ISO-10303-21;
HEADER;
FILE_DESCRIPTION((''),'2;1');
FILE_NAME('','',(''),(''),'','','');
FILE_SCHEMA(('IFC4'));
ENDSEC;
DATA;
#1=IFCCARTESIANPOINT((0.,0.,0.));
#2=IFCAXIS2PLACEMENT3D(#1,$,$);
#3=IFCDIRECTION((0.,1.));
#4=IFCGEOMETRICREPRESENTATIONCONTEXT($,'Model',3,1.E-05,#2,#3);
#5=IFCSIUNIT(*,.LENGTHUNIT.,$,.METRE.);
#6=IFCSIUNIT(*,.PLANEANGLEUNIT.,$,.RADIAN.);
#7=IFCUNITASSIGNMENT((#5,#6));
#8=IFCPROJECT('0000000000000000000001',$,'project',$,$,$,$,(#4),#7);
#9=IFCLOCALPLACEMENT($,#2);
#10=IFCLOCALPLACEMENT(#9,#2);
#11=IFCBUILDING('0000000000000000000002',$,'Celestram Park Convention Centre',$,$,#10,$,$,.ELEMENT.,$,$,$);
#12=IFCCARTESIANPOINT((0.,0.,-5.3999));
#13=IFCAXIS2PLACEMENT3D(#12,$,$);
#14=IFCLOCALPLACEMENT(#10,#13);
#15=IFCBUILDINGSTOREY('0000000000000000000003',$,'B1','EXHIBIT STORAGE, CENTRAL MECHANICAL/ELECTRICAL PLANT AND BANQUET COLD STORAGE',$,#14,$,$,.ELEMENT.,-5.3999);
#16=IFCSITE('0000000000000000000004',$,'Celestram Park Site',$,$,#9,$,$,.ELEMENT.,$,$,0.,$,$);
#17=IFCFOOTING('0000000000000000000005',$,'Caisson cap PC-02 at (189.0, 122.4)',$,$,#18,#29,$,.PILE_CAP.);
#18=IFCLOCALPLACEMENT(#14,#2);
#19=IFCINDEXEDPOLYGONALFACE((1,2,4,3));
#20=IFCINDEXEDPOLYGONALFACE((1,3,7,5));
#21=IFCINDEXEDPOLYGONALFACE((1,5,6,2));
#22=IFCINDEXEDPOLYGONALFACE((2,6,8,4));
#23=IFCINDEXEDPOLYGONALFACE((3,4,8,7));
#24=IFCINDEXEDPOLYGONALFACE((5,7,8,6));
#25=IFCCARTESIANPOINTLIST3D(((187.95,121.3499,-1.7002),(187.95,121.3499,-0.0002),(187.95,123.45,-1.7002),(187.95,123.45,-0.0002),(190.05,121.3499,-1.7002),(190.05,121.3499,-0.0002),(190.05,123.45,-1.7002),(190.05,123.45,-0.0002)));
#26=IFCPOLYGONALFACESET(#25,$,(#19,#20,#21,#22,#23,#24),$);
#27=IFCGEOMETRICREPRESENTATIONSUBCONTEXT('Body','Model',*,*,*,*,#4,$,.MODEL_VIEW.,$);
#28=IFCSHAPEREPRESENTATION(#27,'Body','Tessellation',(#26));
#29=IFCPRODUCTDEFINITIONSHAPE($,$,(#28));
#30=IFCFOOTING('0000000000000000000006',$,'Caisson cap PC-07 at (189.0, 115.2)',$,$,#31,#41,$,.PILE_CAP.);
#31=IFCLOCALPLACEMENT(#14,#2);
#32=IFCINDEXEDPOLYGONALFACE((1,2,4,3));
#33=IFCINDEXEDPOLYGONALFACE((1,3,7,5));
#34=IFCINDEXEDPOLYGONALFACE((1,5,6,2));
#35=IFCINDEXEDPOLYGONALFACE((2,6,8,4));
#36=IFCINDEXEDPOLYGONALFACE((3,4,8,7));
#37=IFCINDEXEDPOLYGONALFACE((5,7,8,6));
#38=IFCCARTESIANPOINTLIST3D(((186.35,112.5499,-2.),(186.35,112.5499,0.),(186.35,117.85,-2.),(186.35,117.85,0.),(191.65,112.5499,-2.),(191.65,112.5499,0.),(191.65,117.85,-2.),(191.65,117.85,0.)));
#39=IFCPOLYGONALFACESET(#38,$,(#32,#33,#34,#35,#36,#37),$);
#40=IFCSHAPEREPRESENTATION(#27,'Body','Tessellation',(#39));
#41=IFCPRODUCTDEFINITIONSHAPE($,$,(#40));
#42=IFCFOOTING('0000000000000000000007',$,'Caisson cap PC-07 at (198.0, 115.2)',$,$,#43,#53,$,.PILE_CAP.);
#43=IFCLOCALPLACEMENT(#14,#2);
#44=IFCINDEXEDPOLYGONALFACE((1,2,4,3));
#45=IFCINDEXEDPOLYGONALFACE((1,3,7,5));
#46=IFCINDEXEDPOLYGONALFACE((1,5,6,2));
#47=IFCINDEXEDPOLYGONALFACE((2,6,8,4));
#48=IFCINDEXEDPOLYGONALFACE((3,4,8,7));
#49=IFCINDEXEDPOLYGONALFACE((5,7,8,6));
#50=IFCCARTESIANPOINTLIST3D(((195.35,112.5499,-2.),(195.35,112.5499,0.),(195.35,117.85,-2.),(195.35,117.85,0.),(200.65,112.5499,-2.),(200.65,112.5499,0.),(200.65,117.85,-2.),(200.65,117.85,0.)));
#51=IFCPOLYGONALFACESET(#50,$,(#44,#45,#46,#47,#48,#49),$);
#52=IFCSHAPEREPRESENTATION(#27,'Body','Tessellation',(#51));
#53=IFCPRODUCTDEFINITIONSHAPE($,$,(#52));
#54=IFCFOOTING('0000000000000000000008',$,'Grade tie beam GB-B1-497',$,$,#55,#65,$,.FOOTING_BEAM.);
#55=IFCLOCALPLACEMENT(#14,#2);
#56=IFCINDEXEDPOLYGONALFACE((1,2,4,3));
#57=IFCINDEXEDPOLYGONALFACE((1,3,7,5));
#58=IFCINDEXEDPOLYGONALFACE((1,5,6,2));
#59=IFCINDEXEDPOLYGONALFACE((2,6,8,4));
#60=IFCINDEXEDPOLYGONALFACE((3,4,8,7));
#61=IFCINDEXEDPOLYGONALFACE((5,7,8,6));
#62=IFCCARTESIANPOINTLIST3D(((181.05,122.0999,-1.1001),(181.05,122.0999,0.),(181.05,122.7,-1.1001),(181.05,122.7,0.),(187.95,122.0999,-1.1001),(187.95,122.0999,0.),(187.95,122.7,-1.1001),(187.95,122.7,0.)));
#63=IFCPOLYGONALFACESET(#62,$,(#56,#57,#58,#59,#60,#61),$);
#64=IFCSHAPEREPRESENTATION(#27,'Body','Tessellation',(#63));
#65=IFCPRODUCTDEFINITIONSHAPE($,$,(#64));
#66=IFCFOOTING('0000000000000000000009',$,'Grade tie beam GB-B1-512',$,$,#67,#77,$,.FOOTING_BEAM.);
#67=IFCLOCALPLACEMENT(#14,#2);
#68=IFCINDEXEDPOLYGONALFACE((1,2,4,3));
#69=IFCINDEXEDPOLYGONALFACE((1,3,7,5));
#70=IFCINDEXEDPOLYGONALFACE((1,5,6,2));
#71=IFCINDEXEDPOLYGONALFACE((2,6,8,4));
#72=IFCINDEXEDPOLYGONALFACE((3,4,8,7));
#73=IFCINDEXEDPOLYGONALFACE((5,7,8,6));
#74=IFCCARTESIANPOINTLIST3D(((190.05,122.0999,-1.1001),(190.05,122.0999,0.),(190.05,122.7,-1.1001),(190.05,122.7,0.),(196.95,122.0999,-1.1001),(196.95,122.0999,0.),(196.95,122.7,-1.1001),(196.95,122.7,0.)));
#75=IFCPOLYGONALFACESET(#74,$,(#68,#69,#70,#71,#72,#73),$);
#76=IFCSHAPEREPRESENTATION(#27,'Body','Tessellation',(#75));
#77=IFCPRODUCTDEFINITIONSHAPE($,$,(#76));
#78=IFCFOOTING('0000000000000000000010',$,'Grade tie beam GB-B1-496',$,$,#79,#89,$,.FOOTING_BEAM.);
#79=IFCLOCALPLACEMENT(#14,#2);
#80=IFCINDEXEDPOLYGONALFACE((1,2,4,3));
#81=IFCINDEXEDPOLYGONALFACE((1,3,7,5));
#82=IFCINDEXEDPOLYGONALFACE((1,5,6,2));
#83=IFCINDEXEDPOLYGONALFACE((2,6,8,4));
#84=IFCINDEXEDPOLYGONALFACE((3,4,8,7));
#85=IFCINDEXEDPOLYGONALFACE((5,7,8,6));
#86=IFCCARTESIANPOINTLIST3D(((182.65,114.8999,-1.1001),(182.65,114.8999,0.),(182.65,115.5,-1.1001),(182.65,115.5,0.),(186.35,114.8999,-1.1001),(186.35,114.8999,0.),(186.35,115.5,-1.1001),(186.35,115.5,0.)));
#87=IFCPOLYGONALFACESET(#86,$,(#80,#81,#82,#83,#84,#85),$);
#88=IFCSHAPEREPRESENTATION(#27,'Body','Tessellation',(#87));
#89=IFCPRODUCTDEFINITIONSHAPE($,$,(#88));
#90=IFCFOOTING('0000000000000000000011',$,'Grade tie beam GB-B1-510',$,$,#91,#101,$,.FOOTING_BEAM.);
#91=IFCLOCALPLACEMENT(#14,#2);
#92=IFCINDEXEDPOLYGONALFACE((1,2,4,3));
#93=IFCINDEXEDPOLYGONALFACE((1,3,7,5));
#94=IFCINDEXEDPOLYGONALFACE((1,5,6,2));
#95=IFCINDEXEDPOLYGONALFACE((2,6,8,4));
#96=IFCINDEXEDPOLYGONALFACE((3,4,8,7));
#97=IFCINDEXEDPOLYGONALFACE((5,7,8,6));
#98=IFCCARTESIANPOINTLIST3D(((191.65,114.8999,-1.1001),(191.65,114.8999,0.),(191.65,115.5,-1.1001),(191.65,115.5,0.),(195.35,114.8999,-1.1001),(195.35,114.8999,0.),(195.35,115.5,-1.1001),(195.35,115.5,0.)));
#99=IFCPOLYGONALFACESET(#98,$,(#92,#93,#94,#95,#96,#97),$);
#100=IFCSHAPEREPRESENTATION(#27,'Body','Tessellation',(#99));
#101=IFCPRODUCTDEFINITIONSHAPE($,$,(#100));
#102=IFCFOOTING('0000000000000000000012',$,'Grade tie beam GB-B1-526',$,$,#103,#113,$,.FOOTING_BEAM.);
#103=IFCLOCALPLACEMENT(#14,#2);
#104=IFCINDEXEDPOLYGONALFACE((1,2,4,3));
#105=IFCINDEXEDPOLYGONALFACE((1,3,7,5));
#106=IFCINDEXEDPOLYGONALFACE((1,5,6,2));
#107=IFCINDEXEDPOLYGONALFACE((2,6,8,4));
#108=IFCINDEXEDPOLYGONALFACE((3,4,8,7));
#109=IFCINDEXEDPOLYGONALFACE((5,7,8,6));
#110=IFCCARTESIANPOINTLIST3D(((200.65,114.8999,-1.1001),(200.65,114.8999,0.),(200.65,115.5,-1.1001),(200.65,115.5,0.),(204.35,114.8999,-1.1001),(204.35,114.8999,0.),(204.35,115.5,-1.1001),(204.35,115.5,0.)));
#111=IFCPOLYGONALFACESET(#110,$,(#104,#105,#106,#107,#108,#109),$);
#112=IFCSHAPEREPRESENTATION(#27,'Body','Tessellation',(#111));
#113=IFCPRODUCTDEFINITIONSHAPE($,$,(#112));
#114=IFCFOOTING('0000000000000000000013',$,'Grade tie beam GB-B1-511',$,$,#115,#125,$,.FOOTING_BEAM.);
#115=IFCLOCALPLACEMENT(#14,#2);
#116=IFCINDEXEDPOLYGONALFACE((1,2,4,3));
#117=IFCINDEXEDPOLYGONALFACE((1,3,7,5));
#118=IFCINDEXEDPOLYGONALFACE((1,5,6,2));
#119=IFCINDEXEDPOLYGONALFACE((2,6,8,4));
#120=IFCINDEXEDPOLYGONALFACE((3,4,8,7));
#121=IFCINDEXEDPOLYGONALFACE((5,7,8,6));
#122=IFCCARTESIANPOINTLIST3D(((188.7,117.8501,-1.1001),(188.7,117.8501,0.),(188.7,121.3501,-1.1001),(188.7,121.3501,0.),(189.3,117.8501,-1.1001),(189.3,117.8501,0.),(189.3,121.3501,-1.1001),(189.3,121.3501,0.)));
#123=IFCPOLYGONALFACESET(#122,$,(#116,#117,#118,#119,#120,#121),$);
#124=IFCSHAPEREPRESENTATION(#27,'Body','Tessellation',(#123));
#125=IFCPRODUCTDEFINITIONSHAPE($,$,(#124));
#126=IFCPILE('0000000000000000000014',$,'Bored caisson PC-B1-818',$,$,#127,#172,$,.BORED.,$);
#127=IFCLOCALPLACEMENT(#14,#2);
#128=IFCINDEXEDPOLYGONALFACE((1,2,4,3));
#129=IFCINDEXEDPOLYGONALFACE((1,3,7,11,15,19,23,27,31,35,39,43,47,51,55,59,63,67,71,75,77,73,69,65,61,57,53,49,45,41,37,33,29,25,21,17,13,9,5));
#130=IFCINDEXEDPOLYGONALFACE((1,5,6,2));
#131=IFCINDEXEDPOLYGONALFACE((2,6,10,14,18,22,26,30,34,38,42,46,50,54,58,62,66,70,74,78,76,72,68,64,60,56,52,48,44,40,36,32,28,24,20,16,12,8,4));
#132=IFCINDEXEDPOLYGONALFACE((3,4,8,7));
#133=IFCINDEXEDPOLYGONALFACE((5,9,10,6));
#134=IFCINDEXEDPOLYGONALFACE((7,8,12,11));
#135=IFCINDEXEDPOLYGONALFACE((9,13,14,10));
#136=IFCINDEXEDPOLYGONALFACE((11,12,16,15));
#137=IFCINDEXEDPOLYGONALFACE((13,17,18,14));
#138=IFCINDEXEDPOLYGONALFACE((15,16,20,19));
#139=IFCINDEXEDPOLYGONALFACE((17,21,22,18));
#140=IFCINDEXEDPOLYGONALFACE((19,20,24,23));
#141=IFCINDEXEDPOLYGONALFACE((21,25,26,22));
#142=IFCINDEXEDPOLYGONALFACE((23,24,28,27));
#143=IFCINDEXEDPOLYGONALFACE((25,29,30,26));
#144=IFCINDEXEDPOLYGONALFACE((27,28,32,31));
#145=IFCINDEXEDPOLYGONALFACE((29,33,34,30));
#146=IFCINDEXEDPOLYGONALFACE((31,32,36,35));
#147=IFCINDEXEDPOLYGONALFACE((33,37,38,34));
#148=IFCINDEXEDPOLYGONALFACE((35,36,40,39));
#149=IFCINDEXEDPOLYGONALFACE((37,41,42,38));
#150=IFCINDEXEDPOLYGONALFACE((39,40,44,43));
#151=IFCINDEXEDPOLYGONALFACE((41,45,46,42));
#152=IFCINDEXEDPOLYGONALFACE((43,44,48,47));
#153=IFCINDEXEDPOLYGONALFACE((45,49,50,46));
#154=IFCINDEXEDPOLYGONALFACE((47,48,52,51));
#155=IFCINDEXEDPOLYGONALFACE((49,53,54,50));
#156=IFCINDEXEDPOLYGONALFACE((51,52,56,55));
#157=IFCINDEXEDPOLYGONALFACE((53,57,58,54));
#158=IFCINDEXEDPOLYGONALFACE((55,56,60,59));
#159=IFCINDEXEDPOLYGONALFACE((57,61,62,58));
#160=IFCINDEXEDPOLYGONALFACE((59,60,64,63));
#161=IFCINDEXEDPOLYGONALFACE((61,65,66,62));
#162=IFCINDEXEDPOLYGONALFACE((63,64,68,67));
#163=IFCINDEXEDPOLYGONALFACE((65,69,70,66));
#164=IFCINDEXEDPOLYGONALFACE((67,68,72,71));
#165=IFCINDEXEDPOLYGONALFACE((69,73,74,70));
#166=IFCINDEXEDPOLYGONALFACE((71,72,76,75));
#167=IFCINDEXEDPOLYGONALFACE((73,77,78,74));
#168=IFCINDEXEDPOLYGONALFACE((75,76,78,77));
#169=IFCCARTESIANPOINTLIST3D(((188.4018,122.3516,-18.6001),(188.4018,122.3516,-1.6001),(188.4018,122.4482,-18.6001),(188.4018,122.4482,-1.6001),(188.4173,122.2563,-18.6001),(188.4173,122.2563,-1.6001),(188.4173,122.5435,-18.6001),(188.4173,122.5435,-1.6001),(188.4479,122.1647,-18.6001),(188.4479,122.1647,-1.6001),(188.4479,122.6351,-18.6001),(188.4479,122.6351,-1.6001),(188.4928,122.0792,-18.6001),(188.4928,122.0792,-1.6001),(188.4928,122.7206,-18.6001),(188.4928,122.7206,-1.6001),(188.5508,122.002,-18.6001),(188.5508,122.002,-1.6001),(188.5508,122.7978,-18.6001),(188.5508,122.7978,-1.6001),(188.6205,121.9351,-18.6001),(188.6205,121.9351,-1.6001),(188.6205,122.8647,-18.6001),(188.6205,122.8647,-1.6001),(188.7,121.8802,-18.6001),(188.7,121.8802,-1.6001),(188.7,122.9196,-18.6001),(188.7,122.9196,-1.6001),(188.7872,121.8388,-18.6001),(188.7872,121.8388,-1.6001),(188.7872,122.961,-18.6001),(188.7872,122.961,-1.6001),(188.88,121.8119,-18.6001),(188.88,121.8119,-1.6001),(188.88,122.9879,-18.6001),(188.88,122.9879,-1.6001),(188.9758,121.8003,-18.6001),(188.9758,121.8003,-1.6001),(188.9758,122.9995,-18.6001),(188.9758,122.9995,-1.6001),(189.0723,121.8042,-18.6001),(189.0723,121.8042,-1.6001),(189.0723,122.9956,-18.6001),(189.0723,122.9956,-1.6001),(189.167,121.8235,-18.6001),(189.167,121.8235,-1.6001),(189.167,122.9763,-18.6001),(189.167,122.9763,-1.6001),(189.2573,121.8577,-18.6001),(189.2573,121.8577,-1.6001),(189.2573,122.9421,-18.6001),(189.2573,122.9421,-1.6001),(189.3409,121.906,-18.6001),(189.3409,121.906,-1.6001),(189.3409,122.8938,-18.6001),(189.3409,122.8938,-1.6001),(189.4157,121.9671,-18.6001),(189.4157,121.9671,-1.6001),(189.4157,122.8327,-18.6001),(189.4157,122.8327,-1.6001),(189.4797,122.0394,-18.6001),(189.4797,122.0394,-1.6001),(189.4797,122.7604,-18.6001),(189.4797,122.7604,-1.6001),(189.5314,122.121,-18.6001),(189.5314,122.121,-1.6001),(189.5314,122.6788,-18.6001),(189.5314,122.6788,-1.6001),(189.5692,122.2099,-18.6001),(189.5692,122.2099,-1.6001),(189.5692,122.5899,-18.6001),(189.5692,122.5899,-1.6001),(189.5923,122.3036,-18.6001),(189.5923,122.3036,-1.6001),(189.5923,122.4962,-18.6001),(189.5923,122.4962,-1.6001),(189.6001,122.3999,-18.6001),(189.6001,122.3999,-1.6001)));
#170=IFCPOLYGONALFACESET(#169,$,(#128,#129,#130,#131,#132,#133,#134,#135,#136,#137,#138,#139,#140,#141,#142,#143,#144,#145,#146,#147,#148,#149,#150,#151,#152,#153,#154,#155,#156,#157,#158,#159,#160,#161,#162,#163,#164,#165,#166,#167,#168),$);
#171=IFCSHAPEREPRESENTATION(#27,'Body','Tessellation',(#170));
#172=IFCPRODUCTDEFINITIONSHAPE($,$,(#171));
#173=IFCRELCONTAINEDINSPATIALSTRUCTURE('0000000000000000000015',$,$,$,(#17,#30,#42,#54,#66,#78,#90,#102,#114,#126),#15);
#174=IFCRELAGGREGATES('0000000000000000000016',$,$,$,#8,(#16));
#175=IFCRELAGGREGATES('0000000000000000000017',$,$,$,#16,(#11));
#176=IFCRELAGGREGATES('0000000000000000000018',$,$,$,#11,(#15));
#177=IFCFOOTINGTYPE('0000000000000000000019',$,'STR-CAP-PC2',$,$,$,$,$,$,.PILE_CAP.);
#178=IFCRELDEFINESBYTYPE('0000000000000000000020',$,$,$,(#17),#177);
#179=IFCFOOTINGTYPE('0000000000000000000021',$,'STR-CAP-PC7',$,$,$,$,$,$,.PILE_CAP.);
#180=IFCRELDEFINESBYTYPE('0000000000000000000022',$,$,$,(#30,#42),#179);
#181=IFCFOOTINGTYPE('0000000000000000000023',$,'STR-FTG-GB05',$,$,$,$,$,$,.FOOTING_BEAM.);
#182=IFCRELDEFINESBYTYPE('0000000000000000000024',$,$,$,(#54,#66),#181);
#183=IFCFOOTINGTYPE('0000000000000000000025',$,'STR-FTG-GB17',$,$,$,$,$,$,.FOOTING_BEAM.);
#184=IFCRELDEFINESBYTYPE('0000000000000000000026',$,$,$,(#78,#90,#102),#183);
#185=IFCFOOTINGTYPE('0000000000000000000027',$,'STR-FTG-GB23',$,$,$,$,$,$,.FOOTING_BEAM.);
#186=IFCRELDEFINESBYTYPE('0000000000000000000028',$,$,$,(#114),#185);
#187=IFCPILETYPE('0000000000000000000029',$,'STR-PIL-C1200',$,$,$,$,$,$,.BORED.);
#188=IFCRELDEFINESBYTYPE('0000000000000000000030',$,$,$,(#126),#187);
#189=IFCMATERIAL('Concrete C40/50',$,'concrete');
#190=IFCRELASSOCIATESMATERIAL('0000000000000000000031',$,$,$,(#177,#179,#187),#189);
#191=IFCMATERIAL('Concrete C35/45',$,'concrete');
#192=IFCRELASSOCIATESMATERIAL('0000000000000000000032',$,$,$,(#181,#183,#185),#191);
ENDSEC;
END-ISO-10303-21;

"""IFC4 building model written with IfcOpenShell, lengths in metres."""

from ifc_helpers import new_model, si_unit, direction, frame, origin, origin_2d, place, context, subcontext, project, spatial, rectangle, circle, extrude, material, material_profile, profile_set, type_object, element, save


model = new_model("IFC4")

# Units and contexts
model_context = context("Model", 3, precision=1e-05, world=origin(), true_north=direction((0.0, 1.0)))
body_context = subcontext(model_context, "Body", "Model", "MODEL_VIEW")
ifc_project = project(units=[si_unit("LENGTHUNIT", "METRE"), si_unit("PLANEANGLEUNIT", "RADIAN")], contexts=[model_context])

# Site, building, storey
site_placement = place(None, origin())
site = spatial("IfcSite", under=ifc_project, at=site_placement, Name="Celestram Park Site", CompositionType="ELEMENT", RefElevation=0.0)
building_placement = place(site_placement, origin())
building = spatial("IfcBuilding", under=site, at=building_placement, Name="Celestram Park Convention Centre", CompositionType="ELEMENT")
storey_placement = place(building_placement, frame((0.0, 0.0, -5.3999)))
storey = spatial("IfcBuildingStorey", under=building, at=storey_placement, Name="B1", Description="EXHIBIT STORAGE, CENTRAL MECHANICAL/ELECTRICAL PLANT AND BANQUET COLD STORAGE", CompositionType="ELEMENT", Elevation=-5.3999)

# Footings
ifc_material_1 = material(Name="Concrete C40/50", Category="concrete")
footing_type_1 = type_object("IfcFootingType", Name="STR-CAP-PC2", PredefinedType="PILE_CAP", material=ifc_material_1)
footing_1_placement = place(storey_placement, frame((189.0, 122.3999, -1.7002), z_axis=(0.0, 0.0, 1.0), x_axis=(1.0, 0.0, 0.0)))
element("IfcFooting", 1, at=footing_1_placement, inside=storey, type_object=footing_type_1, Name="Caisson cap PC-02 at (189.0, 122.4)", PredefinedType="PILE_CAP", context=body_context, shape_type="SweptSolid", body=[
    extrude(rectangle(XDim=2.1001, YDim=2.1001, at=origin_2d()), origin(), (0.0, 0.0, 1.0), 1.7),
])
footing_type_2 = type_object("IfcFootingType", Name="STR-CAP-PC7", PredefinedType="PILE_CAP", material=ifc_material_1)
for number, where, z_axis, x_axis, name in (
    (2, (189.0, 115.2, -2.0), (0.0, 0.0, 1.0), (1.0, 0.0, 0.0), "Caisson cap PC-07 at (189.0, 115.2)"),
    (3, (198.0, 115.2, -2.0), (0.0, 0.0, 1.0), (1.0, 0.0, 0.0), "Caisson cap PC-07 at (198.0, 115.2)"),
):
    element("IfcFooting", number, at=place(storey_placement, frame(where, z_axis=z_axis, x_axis=x_axis)), inside=storey, type_object=footing_type_2, Name=name, PredefinedType="PILE_CAP", context=body_context, shape_type="SweptSolid", body=[
        extrude(rectangle(XDim=5.3, YDim=5.3, at=origin_2d()), origin(), (0.0, 0.0, 1.0), 2.0),
    ])
ifc_material_2 = material(Name="Concrete C35/45", Category="concrete")
footing_type_3 = type_object("IfcFootingType", Name="STR-FTG-GB05", PredefinedType="FOOTING_BEAM", material=ifc_material_2)
for number, where, z_axis, x_axis, name in (
    (4, (184.5, 122.3999, -1.1001), (0.0, 0.0, 1.0), (1.0, 0.0, 0.0), "Grade tie beam GB-B1-497"),
    (5, (193.5, 122.3999, -1.1001), (0.0, 0.0, 1.0), (1.0, 0.0, 0.0), "Grade tie beam GB-B1-512"),
):
    element("IfcFooting", number, at=place(storey_placement, frame(where, z_axis=z_axis, x_axis=x_axis)), inside=storey, type_object=footing_type_3, Name=name, PredefinedType="FOOTING_BEAM", context=body_context, shape_type="SweptSolid", body=[
        extrude(rectangle(XDim=6.8999, YDim=0.6001, at=origin_2d()), origin(), (0.0, 0.0, 1.0), 1.1001),
    ])
footing_type_4 = type_object("IfcFootingType", Name="STR-FTG-GB17", PredefinedType="FOOTING_BEAM", material=ifc_material_2)
for number, where, z_axis, x_axis, name in (
    (6, (184.5, 115.2, -1.1001), (0.0, 0.0, 1.0), (1.0, 0.0, 0.0), "Grade tie beam GB-B1-496"),
    (7, (193.5, 115.2, -1.1001), (0.0, 0.0, 1.0), (1.0, 0.0, 0.0), "Grade tie beam GB-B1-510"),
    (8, (202.5, 115.2, -1.1001), (0.0, 0.0, 1.0), (1.0, 0.0, 0.0), "Grade tie beam GB-B1-526"),
):
    element("IfcFooting", number, at=place(storey_placement, frame(where, z_axis=z_axis, x_axis=x_axis)), inside=storey, type_object=footing_type_4, Name=name, PredefinedType="FOOTING_BEAM", context=body_context, shape_type="SweptSolid", body=[
        extrude(rectangle(XDim=3.7, YDim=0.6001, at=origin_2d()), origin(), (0.0, 0.0, 1.0), 1.1001),
    ])
footing_type_5 = type_object("IfcFootingType", Name="STR-FTG-GB23", PredefinedType="FOOTING_BEAM", material=ifc_material_2)
footing_2_placement = place(storey_placement, frame((189.0, 119.6001, -1.1001), z_axis=(0.0, 0.0, 1.0), x_axis=(0.0, 1.0, 0.0)))
element("IfcFooting", 9, at=footing_2_placement, inside=storey, type_object=footing_type_5, Name="Grade tie beam GB-B1-511", PredefinedType="FOOTING_BEAM", context=body_context, shape_type="SweptSolid", body=[
    extrude(rectangle(XDim=3.5, YDim=0.6001, at=origin_2d()), origin(), (0.0, 0.0, 1.0), 1.1001),
])

# Pile
ifc_material_profile_1 = material_profile(ifc_material_1, circle(Radius=0.6001, at=origin_2d()), Name="CAISSON1200")
ifc_profile_set_1 = profile_set([ifc_material_profile_1], Name="Concrete C40/50")
pile_type_1 = type_object("IfcPileType", Name="STR-PIL-C1200", PredefinedType="BORED", material=ifc_profile_set_1)
pile_placement = place(storey_placement, frame((189.0, 122.3999, -1.6001), z_axis=(0.0, 0.0, -1.0), x_axis=(1.0, 0.0, 0.0)))
element("IfcPile", 10, at=pile_placement, inside=storey, type_object=pile_type_1, Name="Bored caisson PC-B1-818", PredefinedType="BORED", context=body_context, shape_type="SweptSolid", body=[
    extrude(circle(Radius=0.6001, at=origin_2d()), origin(), (0.0, 0.0, 1.0), 17.0),
])

save(model, "model.ifc")
